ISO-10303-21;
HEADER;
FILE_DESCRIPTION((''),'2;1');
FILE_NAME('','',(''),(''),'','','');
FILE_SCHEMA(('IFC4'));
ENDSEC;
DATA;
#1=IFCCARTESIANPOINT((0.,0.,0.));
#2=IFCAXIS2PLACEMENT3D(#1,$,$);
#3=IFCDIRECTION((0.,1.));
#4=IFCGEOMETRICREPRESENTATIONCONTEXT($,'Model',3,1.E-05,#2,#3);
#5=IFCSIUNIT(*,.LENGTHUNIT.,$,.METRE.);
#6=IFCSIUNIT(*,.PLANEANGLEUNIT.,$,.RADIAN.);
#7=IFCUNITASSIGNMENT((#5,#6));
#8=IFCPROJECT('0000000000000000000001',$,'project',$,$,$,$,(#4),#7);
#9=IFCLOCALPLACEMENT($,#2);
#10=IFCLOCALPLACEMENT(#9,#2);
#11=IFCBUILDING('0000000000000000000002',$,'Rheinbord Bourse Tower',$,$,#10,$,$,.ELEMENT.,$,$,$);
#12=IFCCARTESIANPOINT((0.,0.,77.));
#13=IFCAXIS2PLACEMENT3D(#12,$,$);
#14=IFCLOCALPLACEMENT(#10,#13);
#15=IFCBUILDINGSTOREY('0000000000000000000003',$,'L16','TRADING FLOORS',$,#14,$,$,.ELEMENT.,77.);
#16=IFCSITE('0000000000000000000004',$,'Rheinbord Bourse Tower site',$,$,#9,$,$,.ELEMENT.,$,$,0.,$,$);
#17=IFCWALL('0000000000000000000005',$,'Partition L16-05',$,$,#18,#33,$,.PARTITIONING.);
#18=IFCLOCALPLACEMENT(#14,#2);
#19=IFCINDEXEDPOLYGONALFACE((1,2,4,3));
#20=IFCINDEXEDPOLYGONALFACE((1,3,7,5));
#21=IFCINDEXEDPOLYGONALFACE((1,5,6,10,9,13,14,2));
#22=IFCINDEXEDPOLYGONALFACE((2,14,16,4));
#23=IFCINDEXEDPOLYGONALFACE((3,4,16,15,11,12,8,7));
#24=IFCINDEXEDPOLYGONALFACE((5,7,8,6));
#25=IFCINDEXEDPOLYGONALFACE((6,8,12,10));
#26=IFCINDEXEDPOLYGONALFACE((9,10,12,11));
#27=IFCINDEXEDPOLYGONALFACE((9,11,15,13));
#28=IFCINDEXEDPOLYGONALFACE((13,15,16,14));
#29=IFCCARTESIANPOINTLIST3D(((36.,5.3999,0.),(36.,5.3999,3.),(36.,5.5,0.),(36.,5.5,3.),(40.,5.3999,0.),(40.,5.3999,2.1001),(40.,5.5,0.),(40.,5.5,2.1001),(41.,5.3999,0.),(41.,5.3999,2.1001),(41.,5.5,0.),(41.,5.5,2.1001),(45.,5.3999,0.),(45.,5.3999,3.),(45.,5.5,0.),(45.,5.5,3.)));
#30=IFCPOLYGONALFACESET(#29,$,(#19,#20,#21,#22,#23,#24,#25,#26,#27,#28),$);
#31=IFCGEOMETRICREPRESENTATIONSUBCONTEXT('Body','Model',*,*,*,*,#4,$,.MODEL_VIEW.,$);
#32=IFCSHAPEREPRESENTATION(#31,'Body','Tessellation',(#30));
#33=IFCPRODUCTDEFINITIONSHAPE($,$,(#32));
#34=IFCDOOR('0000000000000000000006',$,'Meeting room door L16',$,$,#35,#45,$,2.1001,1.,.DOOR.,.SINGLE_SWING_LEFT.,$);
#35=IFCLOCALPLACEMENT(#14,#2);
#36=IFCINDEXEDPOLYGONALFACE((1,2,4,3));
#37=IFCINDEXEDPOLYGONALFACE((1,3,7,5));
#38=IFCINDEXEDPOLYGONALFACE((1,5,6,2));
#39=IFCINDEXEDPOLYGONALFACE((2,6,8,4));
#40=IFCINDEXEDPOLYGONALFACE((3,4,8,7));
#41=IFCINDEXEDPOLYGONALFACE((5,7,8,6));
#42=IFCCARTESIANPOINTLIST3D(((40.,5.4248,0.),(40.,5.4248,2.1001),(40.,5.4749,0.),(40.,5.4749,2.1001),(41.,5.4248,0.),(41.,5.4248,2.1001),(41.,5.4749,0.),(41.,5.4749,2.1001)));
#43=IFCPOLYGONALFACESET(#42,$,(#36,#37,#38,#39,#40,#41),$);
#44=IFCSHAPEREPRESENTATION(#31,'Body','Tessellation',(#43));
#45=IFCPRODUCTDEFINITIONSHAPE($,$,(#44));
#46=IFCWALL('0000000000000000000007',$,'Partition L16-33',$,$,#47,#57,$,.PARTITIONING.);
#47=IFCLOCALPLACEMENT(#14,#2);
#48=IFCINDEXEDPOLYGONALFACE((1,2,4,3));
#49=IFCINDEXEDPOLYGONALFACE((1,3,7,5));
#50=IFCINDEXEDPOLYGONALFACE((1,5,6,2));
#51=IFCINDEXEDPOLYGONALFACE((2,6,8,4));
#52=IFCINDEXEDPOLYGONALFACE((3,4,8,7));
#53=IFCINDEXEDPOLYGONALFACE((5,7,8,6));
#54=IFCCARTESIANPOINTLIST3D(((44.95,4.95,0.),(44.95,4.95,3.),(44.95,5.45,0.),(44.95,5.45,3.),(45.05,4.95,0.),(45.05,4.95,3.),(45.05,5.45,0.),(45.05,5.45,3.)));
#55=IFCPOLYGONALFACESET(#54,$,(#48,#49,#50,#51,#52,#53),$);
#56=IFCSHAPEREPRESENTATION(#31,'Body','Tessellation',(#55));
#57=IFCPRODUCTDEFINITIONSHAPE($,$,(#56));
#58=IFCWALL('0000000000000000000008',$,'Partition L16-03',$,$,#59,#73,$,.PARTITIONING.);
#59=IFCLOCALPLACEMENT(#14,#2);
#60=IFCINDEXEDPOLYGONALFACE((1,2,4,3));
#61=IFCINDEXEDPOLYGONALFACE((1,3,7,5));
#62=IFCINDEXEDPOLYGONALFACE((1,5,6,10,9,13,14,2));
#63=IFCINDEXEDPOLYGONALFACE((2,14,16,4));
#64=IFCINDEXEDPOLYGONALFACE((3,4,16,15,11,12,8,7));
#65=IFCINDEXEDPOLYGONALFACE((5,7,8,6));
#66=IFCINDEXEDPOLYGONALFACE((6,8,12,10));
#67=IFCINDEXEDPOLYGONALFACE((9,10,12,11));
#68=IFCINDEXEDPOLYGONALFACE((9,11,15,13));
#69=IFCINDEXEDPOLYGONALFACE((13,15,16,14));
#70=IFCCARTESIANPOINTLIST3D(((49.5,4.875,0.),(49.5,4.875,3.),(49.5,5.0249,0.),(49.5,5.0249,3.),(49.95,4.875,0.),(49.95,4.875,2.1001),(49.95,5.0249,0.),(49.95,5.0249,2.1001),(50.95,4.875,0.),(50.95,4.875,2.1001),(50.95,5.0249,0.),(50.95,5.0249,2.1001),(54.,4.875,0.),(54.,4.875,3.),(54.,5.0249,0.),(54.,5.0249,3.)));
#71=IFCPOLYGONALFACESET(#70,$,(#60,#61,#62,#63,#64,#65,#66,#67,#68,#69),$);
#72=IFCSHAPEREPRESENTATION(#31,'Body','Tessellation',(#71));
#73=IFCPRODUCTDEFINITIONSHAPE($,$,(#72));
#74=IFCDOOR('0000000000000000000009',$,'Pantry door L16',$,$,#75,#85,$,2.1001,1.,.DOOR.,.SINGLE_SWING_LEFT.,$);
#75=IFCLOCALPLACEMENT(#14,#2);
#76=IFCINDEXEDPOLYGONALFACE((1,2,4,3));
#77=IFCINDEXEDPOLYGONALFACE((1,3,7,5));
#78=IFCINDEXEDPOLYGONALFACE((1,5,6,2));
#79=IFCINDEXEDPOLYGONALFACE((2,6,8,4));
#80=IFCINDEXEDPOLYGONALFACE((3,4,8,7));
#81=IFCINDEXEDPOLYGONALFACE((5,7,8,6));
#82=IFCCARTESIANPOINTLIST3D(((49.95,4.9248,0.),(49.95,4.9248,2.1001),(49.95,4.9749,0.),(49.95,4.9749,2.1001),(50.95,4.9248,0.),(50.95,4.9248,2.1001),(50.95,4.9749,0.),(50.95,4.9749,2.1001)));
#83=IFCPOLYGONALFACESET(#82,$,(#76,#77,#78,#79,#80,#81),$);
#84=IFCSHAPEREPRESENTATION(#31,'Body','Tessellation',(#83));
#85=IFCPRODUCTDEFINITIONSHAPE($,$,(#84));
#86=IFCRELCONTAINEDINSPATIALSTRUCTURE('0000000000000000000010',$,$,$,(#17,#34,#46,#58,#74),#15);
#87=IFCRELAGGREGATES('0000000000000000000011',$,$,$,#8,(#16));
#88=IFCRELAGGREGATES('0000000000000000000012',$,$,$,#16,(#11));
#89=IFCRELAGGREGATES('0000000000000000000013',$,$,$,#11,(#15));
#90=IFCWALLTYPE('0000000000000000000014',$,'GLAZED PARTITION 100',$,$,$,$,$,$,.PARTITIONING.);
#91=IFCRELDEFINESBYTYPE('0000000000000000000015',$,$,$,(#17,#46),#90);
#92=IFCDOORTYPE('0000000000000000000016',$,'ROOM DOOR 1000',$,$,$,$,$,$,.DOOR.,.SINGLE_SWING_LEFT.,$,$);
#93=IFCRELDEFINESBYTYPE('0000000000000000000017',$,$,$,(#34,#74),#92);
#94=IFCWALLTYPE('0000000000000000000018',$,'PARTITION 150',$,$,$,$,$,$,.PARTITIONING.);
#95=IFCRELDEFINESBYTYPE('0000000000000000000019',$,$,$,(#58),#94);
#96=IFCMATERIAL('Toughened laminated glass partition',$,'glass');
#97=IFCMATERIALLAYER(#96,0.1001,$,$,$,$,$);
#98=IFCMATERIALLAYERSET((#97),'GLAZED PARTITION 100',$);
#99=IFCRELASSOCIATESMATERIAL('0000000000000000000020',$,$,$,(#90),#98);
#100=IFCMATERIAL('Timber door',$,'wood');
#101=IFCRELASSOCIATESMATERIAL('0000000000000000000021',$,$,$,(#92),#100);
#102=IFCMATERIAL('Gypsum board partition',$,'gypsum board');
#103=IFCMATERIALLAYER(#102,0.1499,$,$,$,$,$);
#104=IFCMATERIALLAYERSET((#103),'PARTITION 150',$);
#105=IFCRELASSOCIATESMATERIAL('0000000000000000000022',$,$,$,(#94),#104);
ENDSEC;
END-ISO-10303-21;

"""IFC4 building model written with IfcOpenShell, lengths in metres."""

from ifc_helpers import new_model, si_unit, direction, frame, frame_2d, origin, place, context, subcontext, project, spatial, rectangle, extrude, material, layer, layer_set, type_object, element, fill, save


model = new_model("IFC4")

# Units and contexts
model_context = context("Model", 3, precision=1e-05, world=origin(), true_north=direction((0.0, 1.0)))
body_context = subcontext(model_context, "Body", "Model", "MODEL_VIEW")
ifc_project = project(units=[si_unit("LENGTHUNIT", "METRE"), si_unit("PLANEANGLEUNIT", "RADIAN")], contexts=[model_context])

# Site, building, storey
site_placement = place(None, origin())
site = spatial("IfcSite", under=ifc_project, at=site_placement, Name="Rheinbord Bourse Tower site", CompositionType="ELEMENT", RefElevation=0.0)
building_placement = place(site_placement, origin())
building = spatial("IfcBuilding", under=site, at=building_placement, Name="Rheinbord Bourse Tower", CompositionType="ELEMENT")
storey_placement = place(building_placement, frame((0.0, 0.0, 77.0)))
storey = spatial("IfcBuildingStorey", under=building, at=storey_placement, Name="L16", Description="TRADING FLOORS", CompositionType="ELEMENT", Elevation=77.0)

# Wall, opening, door
ifc_material_1 = material(Name="Toughened laminated glass partition", Category="glass")
ifc_layer_1 = layer(ifc_material_1, 0.1001)
ifc_layer_set_1 = layer_set([ifc_layer_1], Name="GLAZED PARTITION 100")
wall_type_1 = type_object("IfcWallType", Name="GLAZED PARTITION 100", PredefinedType="PARTITIONING", material=ifc_layer_set_1)
wall_1_placement = place(storey_placement, frame((36.0, 5.45, 0.0), z_axis=(0.0, 0.0, 1.0), x_axis=(1.0, 0.0, 0.0)))
wall_1 = element("IfcWall", 1, at=wall_1_placement, inside=storey, type_object=wall_type_1, Name="Partition L16-05", PredefinedType="PARTITIONING", context=body_context, shape_type="SweptSolid", body=[
    extrude(rectangle(XDim=9.0, YDim=0.1001, at=frame_2d((4.5, 0.0))), origin(), (0.0, 0.0, 1.0), 3.0),
])
opening_1_placement = place(wall_1_placement, frame((4.0, 0.0, 0.0)))
opening_1 = element("IfcOpeningElement", 2, at=opening_1_placement, cuts=wall_1, PredefinedType="OPENING", context=body_context, shape_type="SweptSolid", body=[
    extrude(rectangle(XDim=1.0, YDim=2.1001, at=frame_2d((0.5, 1.05))), frame((0.0, 0.0601, 0.0), z_axis=(0.0, -1.0, 0.0), x_axis=(1.0, 0.0, 0.0)), (0.0, 0.0, 1.0), 0.1201),
])
ifc_material_2 = material(Name="Timber door", Category="wood")
door_type_1 = type_object("IfcDoorType", Name="ROOM DOOR 1000", OperationType="SINGLE_SWING_LEFT", PredefinedType="DOOR", material=ifc_material_2)
door_1_placement = place(opening_1_placement, origin())
door_1 = element("IfcDoor", 3, at=door_1_placement, inside=storey, type_object=door_type_1, Name="Meeting room door L16", OperationType="SINGLE_SWING_LEFT", OverallHeight=2.1001, OverallWidth=1.0, PredefinedType="DOOR", context=body_context, shape_type="SweptSolid", body=[
    extrude(rectangle(XDim=1.0, YDim=2.1001, at=frame_2d((0.5, 1.05))), frame((0.0, 0.0249, 0.0), z_axis=(0.0, -1.0, 0.0), x_axis=(1.0, 0.0, 0.0)), (0.0, 0.0, 1.0), 0.05),
])
fill(opening_1, door_1)

# Wall
wall_2_placement = place(storey_placement, frame((45.0, 4.95, 0.0), z_axis=(0.0, 0.0, 1.0), x_axis=(0.0, 1.0, 0.0)))
element("IfcWall", 4, at=wall_2_placement, inside=storey, type_object=wall_type_1, Name="Partition L16-33", PredefinedType="PARTITIONING", context=body_context, shape_type="SweptSolid", body=[
    extrude(rectangle(XDim=0.5, YDim=0.1001, at=frame_2d((0.25, 0.0))), origin(), (0.0, 0.0, 1.0), 3.0),
])

# Wall, opening, door
ifc_material_3 = material(Name="Gypsum board partition", Category="gypsum board")
ifc_layer_2 = layer(ifc_material_3, 0.1499)
ifc_layer_set_2 = layer_set([ifc_layer_2], Name="PARTITION 150")
wall_type_2 = type_object("IfcWallType", Name="PARTITION 150", PredefinedType="PARTITIONING", material=ifc_layer_set_2)
wall_3_placement = place(storey_placement, frame((49.5, 4.95, 0.0), z_axis=(0.0, 0.0, 1.0), x_axis=(1.0, 0.0, 0.0)))
wall_3 = element("IfcWall", 5, at=wall_3_placement, inside=storey, type_object=wall_type_2, Name="Partition L16-03", PredefinedType="PARTITIONING", context=body_context, shape_type="SweptSolid", body=[
    extrude(rectangle(XDim=4.5, YDim=0.1499, at=frame_2d((2.25, 0.0))), origin(), (0.0, 0.0, 1.0), 3.0),
])
opening_2_placement = place(wall_3_placement, frame((0.45, 0.0, 0.0)))
opening_2 = element("IfcOpeningElement", 6, at=opening_2_placement, cuts=wall_3, PredefinedType="OPENING", context=body_context, shape_type="SweptSolid", body=[
    extrude(rectangle(XDim=1.0, YDim=2.1001, at=frame_2d((0.5, 1.05))), frame((0.0, 0.085, 0.0), z_axis=(0.0, -1.0, 0.0), x_axis=(1.0, 0.0, 0.0)), (0.0, 0.0, 1.0), 0.1699),
])
door_2_placement = place(opening_2_placement, origin())
door_2 = element("IfcDoor", 7, at=door_2_placement, inside=storey, type_object=door_type_1, Name="Pantry door L16", OperationType="SINGLE_SWING_LEFT", OverallHeight=2.1001, OverallWidth=1.0, PredefinedType="DOOR", context=body_context, shape_type="SweptSolid", body=[
    extrude(rectangle(XDim=1.0, YDim=2.1001, at=frame_2d((0.5, 1.05))), frame((0.0, 0.0249, 0.0), z_axis=(0.0, -1.0, 0.0), x_axis=(1.0, 0.0, 0.0)), (0.0, 0.0, 1.0), 0.05),
])
fill(opening_2, door_2)

save(model, "model.ifc")
